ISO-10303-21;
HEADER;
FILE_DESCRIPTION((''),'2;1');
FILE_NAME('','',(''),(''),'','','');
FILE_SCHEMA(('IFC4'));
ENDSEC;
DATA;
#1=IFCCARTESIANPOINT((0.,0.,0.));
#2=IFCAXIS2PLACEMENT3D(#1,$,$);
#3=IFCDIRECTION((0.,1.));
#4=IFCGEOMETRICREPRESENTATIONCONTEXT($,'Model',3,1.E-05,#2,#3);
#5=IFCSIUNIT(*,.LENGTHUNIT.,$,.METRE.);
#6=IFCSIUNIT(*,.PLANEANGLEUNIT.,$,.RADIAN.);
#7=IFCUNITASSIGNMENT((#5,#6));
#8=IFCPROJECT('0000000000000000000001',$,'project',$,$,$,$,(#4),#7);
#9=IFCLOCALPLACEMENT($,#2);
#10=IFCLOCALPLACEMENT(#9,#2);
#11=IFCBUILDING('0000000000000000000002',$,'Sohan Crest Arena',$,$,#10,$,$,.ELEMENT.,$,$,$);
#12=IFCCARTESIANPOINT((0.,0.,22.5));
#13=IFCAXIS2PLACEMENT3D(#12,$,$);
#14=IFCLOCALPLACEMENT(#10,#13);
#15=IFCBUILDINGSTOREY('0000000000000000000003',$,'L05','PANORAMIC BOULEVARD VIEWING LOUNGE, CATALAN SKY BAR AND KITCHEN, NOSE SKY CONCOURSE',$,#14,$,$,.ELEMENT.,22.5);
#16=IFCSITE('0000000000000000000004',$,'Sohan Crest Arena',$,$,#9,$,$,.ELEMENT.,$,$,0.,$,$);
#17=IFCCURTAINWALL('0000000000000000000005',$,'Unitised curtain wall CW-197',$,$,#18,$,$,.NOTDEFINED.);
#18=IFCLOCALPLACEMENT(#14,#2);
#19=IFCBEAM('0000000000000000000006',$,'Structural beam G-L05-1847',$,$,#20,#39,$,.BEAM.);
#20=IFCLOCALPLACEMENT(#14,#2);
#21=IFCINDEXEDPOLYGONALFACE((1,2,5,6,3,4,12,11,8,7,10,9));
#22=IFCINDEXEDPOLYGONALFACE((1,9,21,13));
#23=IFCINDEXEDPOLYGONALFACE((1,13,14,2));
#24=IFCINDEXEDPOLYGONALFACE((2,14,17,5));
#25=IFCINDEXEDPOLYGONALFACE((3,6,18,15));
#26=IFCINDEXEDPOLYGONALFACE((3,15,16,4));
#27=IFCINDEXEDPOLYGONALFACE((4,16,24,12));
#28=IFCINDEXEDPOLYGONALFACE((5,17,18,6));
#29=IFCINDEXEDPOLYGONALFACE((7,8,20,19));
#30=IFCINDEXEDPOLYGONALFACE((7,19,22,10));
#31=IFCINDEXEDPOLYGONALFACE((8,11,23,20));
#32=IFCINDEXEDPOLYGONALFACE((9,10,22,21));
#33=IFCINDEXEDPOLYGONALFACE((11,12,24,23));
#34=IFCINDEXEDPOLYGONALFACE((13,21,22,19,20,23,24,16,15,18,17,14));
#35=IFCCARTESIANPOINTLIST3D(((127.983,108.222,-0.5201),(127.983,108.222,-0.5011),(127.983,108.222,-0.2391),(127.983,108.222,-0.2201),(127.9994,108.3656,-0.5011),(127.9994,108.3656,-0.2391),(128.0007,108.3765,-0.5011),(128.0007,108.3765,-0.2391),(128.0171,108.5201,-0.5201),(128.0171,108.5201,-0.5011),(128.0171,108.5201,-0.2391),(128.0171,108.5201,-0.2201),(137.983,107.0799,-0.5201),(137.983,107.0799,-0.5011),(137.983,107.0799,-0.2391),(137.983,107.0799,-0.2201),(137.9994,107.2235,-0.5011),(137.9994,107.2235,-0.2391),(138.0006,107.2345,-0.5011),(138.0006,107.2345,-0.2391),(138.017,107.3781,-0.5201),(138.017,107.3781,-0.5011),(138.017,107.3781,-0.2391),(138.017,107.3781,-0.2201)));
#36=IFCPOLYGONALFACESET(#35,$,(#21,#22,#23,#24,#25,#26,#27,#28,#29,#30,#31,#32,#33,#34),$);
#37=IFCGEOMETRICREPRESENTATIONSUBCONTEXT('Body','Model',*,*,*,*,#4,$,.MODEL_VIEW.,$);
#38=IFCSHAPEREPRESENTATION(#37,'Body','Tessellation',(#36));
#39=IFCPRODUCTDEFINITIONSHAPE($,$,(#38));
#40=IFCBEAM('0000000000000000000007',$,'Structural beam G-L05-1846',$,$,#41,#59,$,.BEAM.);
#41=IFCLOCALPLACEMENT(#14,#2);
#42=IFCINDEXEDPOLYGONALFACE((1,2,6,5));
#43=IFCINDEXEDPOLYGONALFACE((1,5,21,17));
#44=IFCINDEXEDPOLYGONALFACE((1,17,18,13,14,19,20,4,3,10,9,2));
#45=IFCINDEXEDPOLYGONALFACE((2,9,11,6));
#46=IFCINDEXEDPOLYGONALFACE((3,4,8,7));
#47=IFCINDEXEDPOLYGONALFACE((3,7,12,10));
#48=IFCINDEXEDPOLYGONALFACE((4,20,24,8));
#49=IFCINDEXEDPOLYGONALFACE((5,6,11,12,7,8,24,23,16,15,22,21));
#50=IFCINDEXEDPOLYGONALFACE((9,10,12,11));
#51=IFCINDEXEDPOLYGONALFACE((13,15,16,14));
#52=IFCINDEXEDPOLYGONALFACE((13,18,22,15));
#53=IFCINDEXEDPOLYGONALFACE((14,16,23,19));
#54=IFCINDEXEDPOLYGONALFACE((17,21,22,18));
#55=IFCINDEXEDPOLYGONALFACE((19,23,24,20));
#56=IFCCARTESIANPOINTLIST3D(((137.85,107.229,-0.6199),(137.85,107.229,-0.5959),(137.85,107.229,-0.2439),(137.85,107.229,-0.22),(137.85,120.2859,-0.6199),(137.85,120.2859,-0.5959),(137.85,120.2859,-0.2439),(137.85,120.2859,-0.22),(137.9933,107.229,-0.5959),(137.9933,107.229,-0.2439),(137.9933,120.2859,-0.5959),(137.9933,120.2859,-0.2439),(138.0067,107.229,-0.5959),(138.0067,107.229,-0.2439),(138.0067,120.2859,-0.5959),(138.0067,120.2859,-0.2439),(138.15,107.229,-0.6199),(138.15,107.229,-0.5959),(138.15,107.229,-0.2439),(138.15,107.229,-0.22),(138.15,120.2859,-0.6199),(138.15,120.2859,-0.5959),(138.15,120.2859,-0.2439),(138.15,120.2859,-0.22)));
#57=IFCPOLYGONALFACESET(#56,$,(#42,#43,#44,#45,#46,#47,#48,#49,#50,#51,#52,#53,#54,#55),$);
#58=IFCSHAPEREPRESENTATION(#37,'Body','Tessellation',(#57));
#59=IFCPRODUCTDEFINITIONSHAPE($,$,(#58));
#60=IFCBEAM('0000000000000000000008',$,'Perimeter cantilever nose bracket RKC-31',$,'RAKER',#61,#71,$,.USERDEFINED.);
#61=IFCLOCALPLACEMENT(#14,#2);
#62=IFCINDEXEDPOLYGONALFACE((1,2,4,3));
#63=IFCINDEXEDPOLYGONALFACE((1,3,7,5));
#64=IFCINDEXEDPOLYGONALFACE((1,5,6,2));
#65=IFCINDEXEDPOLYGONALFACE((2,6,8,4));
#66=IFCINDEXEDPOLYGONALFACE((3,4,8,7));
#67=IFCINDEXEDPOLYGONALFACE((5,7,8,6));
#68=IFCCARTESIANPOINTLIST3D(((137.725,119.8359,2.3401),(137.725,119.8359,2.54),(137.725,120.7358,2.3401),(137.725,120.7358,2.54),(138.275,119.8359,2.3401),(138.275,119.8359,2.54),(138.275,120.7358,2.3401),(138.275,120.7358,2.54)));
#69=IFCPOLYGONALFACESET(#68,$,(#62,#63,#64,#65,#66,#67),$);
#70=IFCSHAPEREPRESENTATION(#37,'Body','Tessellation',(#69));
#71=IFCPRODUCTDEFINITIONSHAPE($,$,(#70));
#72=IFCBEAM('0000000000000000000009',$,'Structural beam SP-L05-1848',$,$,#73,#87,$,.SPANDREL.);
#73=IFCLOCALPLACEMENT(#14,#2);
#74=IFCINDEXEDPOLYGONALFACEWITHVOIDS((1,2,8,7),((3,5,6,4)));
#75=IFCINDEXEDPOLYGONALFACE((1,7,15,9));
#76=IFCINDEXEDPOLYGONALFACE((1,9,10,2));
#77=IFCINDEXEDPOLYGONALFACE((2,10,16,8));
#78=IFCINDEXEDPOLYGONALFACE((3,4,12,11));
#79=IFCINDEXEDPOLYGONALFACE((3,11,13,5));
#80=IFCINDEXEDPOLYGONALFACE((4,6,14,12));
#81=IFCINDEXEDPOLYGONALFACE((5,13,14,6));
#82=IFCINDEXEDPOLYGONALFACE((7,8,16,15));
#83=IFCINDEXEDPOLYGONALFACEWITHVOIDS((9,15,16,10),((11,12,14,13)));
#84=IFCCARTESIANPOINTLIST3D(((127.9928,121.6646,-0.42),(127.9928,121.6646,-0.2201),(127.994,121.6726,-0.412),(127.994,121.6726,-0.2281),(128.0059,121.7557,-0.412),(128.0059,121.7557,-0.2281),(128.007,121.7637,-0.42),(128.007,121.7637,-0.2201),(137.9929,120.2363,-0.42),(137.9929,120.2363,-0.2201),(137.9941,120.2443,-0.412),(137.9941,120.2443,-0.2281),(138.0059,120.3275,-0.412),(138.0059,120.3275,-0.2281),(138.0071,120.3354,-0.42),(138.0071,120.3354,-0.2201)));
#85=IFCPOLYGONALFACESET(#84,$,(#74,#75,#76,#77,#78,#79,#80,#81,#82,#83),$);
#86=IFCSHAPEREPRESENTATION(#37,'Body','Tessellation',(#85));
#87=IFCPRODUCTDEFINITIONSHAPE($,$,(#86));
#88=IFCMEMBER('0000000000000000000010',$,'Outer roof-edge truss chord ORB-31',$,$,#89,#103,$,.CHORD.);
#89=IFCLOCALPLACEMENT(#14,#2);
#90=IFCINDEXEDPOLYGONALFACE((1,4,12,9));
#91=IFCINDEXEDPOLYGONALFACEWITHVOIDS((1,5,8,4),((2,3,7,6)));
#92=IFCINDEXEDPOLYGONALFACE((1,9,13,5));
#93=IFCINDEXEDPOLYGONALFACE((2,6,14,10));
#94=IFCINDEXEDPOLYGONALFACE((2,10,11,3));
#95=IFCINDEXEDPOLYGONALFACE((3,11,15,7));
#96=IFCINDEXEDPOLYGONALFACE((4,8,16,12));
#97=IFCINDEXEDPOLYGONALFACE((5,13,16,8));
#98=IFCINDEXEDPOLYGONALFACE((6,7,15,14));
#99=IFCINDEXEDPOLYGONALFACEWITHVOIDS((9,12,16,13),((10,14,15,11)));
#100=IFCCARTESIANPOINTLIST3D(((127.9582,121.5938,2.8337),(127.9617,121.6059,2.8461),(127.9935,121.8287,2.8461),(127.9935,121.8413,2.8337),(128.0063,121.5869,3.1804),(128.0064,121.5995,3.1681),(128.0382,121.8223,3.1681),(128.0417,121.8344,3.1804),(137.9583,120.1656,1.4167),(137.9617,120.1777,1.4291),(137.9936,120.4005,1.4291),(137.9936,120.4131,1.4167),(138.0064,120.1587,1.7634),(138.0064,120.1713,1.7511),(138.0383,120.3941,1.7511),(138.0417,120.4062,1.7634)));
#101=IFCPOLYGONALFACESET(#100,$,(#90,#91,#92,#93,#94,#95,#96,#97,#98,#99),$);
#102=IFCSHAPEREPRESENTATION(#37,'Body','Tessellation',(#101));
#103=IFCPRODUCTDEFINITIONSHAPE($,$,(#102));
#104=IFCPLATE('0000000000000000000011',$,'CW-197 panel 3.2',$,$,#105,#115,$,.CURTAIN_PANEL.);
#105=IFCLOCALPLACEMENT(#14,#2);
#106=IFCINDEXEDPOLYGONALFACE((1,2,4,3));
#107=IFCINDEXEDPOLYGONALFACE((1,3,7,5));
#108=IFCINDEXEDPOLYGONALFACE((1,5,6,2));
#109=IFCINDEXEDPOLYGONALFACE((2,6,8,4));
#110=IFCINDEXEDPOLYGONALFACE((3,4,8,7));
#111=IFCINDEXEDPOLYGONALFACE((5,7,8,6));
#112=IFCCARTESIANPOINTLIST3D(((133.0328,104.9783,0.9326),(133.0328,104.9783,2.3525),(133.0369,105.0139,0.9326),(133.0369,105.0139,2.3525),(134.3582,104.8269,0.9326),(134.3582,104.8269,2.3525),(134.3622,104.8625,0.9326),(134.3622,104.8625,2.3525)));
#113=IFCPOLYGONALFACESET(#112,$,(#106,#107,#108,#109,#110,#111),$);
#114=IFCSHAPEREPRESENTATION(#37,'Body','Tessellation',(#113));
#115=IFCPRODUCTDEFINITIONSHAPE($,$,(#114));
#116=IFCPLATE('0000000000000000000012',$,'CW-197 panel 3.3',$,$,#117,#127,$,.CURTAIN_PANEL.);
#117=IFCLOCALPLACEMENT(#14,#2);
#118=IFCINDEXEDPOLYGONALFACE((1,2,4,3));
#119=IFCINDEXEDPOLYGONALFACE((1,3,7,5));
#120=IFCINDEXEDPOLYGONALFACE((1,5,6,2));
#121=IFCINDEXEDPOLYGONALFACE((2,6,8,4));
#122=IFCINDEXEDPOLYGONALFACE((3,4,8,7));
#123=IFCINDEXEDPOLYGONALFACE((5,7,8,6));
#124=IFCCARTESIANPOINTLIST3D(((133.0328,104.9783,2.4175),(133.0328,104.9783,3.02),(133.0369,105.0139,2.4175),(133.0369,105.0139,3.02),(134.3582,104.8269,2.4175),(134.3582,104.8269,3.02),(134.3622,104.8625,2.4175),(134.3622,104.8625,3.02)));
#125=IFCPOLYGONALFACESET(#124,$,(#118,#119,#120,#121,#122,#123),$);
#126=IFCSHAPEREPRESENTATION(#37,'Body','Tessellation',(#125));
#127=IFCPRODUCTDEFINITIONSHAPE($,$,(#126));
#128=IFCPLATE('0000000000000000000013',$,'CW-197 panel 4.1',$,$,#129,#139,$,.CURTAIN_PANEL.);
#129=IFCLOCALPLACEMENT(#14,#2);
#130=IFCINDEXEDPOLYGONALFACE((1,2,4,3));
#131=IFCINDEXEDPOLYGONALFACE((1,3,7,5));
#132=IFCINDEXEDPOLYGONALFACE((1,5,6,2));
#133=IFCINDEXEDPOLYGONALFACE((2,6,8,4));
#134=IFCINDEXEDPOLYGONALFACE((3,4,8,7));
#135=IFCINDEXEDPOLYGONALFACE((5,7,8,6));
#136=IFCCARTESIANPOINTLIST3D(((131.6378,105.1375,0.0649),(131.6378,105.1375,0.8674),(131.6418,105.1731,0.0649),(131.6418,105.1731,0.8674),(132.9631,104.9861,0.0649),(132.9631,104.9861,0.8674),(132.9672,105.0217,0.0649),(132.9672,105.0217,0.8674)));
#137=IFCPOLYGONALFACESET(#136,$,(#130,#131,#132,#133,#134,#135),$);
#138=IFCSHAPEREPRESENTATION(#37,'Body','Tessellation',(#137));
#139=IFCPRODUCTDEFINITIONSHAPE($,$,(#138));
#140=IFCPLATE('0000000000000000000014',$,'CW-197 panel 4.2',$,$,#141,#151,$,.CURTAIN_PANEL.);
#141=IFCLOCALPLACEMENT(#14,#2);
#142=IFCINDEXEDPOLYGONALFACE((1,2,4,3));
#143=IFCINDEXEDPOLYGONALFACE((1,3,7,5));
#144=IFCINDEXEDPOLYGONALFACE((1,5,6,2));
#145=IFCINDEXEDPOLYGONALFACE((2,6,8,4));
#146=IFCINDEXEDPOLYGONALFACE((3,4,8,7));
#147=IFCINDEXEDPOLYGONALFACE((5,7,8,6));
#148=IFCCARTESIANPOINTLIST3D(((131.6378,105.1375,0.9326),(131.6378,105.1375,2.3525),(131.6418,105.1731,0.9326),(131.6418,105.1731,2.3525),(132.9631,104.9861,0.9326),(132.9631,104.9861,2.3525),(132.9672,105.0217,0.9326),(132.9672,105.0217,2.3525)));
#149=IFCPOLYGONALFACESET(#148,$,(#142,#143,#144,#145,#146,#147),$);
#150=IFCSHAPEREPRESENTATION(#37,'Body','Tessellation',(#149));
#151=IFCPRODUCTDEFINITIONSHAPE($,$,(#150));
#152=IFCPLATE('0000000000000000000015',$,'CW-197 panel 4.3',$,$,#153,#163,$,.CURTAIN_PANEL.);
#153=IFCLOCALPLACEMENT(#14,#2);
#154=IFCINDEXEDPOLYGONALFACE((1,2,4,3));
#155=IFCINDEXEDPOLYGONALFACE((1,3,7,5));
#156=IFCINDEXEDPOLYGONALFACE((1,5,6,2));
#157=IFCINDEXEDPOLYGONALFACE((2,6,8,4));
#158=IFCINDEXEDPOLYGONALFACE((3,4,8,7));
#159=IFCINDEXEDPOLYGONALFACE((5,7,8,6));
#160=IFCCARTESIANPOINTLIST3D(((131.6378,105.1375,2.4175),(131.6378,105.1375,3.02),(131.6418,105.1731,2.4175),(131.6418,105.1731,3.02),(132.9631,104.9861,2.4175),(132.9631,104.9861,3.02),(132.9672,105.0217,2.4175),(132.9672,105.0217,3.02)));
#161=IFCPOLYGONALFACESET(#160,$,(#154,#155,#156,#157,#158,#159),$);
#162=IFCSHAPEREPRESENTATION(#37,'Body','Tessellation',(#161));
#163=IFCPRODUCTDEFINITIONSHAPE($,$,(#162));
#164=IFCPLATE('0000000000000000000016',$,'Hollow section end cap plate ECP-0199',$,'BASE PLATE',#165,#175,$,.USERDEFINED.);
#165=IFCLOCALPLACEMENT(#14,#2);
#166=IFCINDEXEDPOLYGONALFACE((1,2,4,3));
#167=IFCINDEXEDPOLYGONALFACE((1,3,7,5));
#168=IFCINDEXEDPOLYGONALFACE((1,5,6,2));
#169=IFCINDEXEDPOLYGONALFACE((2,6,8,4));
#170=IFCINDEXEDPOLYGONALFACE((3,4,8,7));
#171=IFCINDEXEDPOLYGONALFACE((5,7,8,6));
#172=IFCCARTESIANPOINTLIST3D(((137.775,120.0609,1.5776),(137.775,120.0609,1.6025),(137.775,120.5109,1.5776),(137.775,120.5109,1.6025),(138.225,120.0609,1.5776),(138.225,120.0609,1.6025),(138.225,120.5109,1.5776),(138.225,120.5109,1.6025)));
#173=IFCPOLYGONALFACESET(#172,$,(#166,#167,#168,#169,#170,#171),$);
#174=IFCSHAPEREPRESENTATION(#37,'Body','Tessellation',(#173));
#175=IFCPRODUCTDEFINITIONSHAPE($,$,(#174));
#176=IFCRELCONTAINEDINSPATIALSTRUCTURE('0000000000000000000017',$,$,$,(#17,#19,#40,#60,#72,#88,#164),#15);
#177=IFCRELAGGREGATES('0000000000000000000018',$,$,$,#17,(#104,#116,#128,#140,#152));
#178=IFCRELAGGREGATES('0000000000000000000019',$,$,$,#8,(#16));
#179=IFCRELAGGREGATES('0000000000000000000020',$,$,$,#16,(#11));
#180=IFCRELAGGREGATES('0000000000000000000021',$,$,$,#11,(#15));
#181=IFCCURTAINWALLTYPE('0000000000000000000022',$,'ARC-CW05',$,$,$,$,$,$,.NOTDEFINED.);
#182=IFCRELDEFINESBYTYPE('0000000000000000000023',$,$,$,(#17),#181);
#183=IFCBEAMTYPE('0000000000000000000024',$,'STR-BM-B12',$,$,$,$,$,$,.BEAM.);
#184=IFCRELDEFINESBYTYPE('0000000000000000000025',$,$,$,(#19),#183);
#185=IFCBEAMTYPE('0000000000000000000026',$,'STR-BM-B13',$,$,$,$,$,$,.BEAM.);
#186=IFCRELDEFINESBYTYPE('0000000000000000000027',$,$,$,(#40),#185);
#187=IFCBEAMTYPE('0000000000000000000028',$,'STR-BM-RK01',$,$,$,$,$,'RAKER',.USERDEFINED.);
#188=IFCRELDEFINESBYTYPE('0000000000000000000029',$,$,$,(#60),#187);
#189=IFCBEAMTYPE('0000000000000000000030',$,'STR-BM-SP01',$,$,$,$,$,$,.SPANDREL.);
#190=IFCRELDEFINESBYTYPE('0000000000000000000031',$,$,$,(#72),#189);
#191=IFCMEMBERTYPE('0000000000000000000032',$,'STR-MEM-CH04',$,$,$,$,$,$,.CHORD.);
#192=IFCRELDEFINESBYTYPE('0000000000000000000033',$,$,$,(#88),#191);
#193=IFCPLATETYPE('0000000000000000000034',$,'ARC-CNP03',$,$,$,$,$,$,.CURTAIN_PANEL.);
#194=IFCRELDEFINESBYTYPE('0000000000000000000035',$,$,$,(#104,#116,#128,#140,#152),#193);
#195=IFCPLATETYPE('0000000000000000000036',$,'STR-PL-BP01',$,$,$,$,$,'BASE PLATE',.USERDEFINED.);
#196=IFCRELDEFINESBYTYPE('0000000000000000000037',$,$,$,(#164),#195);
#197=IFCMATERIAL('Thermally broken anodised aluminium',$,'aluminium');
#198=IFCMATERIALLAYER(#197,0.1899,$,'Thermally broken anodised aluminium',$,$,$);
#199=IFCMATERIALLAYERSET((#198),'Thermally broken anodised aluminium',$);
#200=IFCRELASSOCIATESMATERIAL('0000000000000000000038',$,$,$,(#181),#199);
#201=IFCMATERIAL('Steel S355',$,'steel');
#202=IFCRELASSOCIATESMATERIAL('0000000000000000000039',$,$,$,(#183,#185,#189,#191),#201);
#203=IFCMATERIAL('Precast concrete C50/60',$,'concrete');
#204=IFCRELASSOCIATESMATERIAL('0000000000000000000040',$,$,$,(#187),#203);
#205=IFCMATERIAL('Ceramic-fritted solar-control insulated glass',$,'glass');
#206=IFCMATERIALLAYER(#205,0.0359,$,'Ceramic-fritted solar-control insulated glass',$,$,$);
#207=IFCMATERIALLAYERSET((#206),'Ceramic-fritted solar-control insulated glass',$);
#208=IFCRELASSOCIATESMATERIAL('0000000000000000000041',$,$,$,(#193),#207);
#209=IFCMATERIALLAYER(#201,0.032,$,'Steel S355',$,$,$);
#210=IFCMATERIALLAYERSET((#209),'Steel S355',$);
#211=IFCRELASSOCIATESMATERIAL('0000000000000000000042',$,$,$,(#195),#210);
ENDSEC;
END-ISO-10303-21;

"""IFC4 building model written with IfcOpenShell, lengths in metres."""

from ifc_helpers import new_model, si_unit, direction, frame, origin, origin_2d, place, context, subcontext, project, spatial, rectangle, hollow_rectangle, i_section, extrude, material, layer, layer_set, material_profile, profile_set, type_object, element, aggregate, save


model = new_model("IFC4")

# Units and contexts
model_context = context("Model", 3, precision=1e-05, world=origin(), true_north=direction((0.0, 1.0)))
body_context = subcontext(model_context, "Body", "Model", "MODEL_VIEW")
ifc_project = project(units=[si_unit("LENGTHUNIT", "METRE"), si_unit("PLANEANGLEUNIT", "RADIAN")], contexts=[model_context])

# Site, building, storey
site_placement = place(None, origin())
site = spatial("IfcSite", under=ifc_project, at=site_placement, Name="Sohan Crest Arena", CompositionType="ELEMENT", RefElevation=0.0)
building_placement = place(site_placement, origin())
building = spatial("IfcBuilding", under=site, at=building_placement, Name="Sohan Crest Arena", CompositionType="ELEMENT")
storey_placement = place(building_placement, frame((0.0, 0.0, 22.5)))
storey = spatial("IfcBuildingStorey", under=building, at=storey_placement, Name="L05", Description="PANORAMIC BOULEVARD VIEWING LOUNGE, CATALAN SKY BAR AND KITCHEN, NOSE SKY CONCOURSE", CompositionType="ELEMENT", Elevation=22.5)

# Shared definitions
ifc_material_1 = material(Name="Steel S355", Category="steel")

# Curtain wall
ifc_material_2 = material(Name="Thermally broken anodised aluminium", Category="aluminium")
ifc_layer_1 = layer(ifc_material_2, 0.1899, Name="Thermally broken anodised aluminium")
ifc_layer_set_1 = layer_set([ifc_layer_1], Name="Thermally broken anodised aluminium")
curtain_wall_type = type_object("IfcCurtainWallType", Name="ARC-CW05", PredefinedType="NOTDEFINED", material=ifc_layer_set_1)
curtain_wall_placement = place(storey_placement, origin())
curtain_wall = element("IfcCurtainWall", 1, at=curtain_wall_placement, inside=storey, type_object=curtain_wall_type, Name="Unitised curtain wall CW-197", PredefinedType="NOTDEFINED")

# Beams
ifc_material_profile_1 = material_profile(ifc_material_1, i_section(OverallWidth=0.3, OverallDepth=0.3, WebThickness=0.011, FlangeThickness=0.019, at=origin_2d()), Name="HEB 300")
ifc_profile_set_1 = profile_set([ifc_material_profile_1], Name="Steel S355")
beam_type_1 = type_object("IfcBeamType", Name="STR-BM-B12", PredefinedType="BEAM", material=ifc_profile_set_1)
beam_1_placement = place(storey_placement, frame((138.0, 107.229, -0.3701), z_axis=(-0.993541, 0.113471, 0.0), x_axis=(-0.113471, -0.993541, 0.0)))
element("IfcBeam", 2, at=beam_1_placement, inside=storey, type_object=beam_type_1, Name="Structural beam G-L05-1847", PredefinedType="BEAM", context=body_context, shape_type="SweptSolid", body=[
    extrude(i_section(OverallWidth=0.3, OverallDepth=0.3, WebThickness=0.011, FlangeThickness=0.019, at=origin_2d()), origin(), (0.0, 0.0, 1.0), 10.0649),
])
ifc_material_profile_2 = material_profile(ifc_material_1, i_section(OverallWidth=0.3, OverallDepth=0.3999, WebThickness=0.0134, FlangeThickness=0.0239, at=origin_2d()), Name="HEB 400")
ifc_profile_set_2 = profile_set([ifc_material_profile_2], Name="Steel S355")
beam_type_2 = type_object("IfcBeamType", Name="STR-BM-B13", PredefinedType="BEAM", material=ifc_profile_set_2)
beam_2_placement = place(storey_placement, frame((138.0, 107.229, -0.4199), z_axis=(0.0, 1.0, 0.0), x_axis=(-1.0, 0.0, 0.0)))
element("IfcBeam", 3, at=beam_2_placement, inside=storey, type_object=beam_type_2, Name="Structural beam G-L05-1846", PredefinedType="BEAM", context=body_context, shape_type="SweptSolid", body=[
    extrude(i_section(OverallWidth=0.3, OverallDepth=0.3999, WebThickness=0.0134, FlangeThickness=0.0239, at=origin_2d()), origin(), (0.0, 0.0, 1.0), 13.0569),
])
ifc_material_3 = material(Name="Precast concrete C50/60", Category="concrete")
ifc_material_profile_3 = material_profile(ifc_material_3, rectangle(XDim=0.55, YDim=0.8999, at=origin_2d()), Name="RAKER 550x900")
ifc_profile_set_3 = profile_set([ifc_material_profile_3], Name="Precast concrete C50/60")
beam_type_3 = type_object("IfcBeamType", Name="STR-BM-RK01", ElementType="RAKER", PredefinedType="USERDEFINED", material=ifc_profile_set_3)
beam_3_placement = place(storey_placement, frame((138.0, 120.2859, 2.54), z_axis=(0.0, 0.0, -1.0), x_axis=(1.0, 0.0, 0.0)))
element("IfcBeam", 4, at=beam_3_placement, inside=storey, type_object=beam_type_3, Name="Perimeter cantilever nose bracket RKC-31", ObjectType="RAKER", PredefinedType="USERDEFINED", context=body_context, shape_type="SweptSolid", body=[
    extrude(rectangle(XDim=0.55, YDim=0.8999, at=origin_2d()), origin(), (0.0, 0.0, 1.0), 0.2),
])
ifc_material_profile_4 = material_profile(ifc_material_1, hollow_rectangle(XDim=0.1001, YDim=0.2, WallThickness=0.0081, at=origin_2d()), Name="RHS 200x100x8")
ifc_profile_set_4 = profile_set([ifc_material_profile_4], Name="Steel S355")
beam_type_4 = type_object("IfcBeamType", Name="STR-BM-SP01", PredefinedType="SPANDREL", material=ifc_profile_set_4)
beam_4_placement = place(storey_placement, frame((138.0, 120.2859, -0.3201), z_axis=(-0.989954, 0.141388, 0.0), x_axis=(-0.141388, -0.989954, 0.0)))
element("IfcBeam", 5, at=beam_4_placement, inside=storey, type_object=beam_type_4, Name="Structural beam SP-L05-1848", PredefinedType="SPANDREL", context=body_context, shape_type="SweptSolid", body=[
    extrude(hollow_rectangle(XDim=0.1001, YDim=0.2, WallThickness=0.0081, at=origin_2d()), origin(), (0.0, 0.0, 1.0), 10.1016),
])

# Member
ifc_material_profile_5 = material_profile(ifc_material_1, hollow_rectangle(XDim=0.25, YDim=0.3501, WallThickness=0.0125, at=origin_2d()), Name="RHS 350x250x12.5")
ifc_profile_set_5 = profile_set([ifc_material_profile_5], Name="Steel S355")
member_type_1 = type_object("IfcMemberType", Name="STR-MEM-CH04", PredefinedType="CHORD", material=ifc_profile_set_5)
member_1_placement = place(storey_placement, frame((138.0, 120.2859, 1.5901), z_axis=(-0.980356, 0.140017, 0.138916), x_axis=(-0.141388, -0.989954, 0.0)))
element("IfcMember", 6, at=member_1_placement, inside=storey, type_object=member_type_1, Name="Outer roof-edge truss chord ORB-31", PredefinedType="CHORD", context=body_context, shape_type="SweptSolid", body=[
    extrude(hollow_rectangle(XDim=0.25, YDim=0.3501, WallThickness=0.0125, at=origin_2d()), origin(), (0.0, 0.0, 1.0), 10.2004),
])

# Plates
ifc_material_4 = material(Name="Ceramic-fritted solar-control insulated glass", Category="glass")
ifc_layer_2 = layer(ifc_material_4, 0.0359, Name="Ceramic-fritted solar-control insulated glass")
ifc_layer_set_2 = layer_set([ifc_layer_2], Name="Ceramic-fritted solar-control insulated glass")
plate_type_1 = type_object("IfcPlateType", Name="ARC-CNP03", PredefinedType="CURTAIN_PANEL", material=ifc_layer_set_2)
plate_1_placement = place(storey_placement, frame((133.6975, 104.9204, 0.9326), z_axis=(0.0, 0.0, 1.0), x_axis=(-0.99354, 0.11348, 0.0)))
plate_1 = element("IfcPlate", 7, at=plate_1_placement, type_object=plate_type_1, Name="CW-197 panel 3.2", PredefinedType="CURTAIN_PANEL", context=body_context, shape_type="SweptSolid", body=[
    extrude(rectangle(XDim=1.334, YDim=0.0359, at=origin_2d()), origin(), (0.0, 0.0, 1.0), 1.4199),
])
plate_2_placement = place(storey_placement, frame((133.6975, 104.9204, 2.4175), z_axis=(0.0, 0.0, 1.0), x_axis=(-0.99354, 0.11348, 0.0)))
plate_2 = element("IfcPlate", 8, at=plate_2_placement, type_object=plate_type_1, Name="CW-197 panel 3.3", PredefinedType="CURTAIN_PANEL", context=body_context, shape_type="SweptSolid", body=[
    extrude(rectangle(XDim=1.334, YDim=0.0359, at=origin_2d()), origin(), (0.0, 0.0, 1.0), 0.6025),
])
plate_3_placement = place(storey_placement, frame((132.3025, 105.0796, 0.0649), z_axis=(0.0, 0.0, 1.0), x_axis=(-0.99354, 0.11348, 0.0)))
plate_3 = element("IfcPlate", 9, at=plate_3_placement, type_object=plate_type_1, Name="CW-197 panel 4.1", PredefinedType="CURTAIN_PANEL", context=body_context, shape_type="SweptSolid", body=[
    extrude(rectangle(XDim=1.334, YDim=0.0359, at=origin_2d()), origin(), (0.0, 0.0, 1.0), 0.8025),
])
plate_4_placement = place(storey_placement, frame((132.3025, 105.0796, 0.9326), z_axis=(0.0, 0.0, 1.0), x_axis=(-0.99354, 0.11348, 0.0)))
plate_4 = element("IfcPlate", 10, at=plate_4_placement, type_object=plate_type_1, Name="CW-197 panel 4.2", PredefinedType="CURTAIN_PANEL", context=body_context, shape_type="SweptSolid", body=[
    extrude(rectangle(XDim=1.334, YDim=0.0359, at=origin_2d()), origin(), (0.0, 0.0, 1.0), 1.4199),
])
plate_5_placement = place(storey_placement, frame((132.3025, 105.0796, 2.4175), z_axis=(0.0, 0.0, 1.0), x_axis=(-0.99354, 0.11348, 0.0)))
plate_5 = element("IfcPlate", 11, at=plate_5_placement, type_object=plate_type_1, Name="CW-197 panel 4.3", PredefinedType="CURTAIN_PANEL", context=body_context, shape_type="SweptSolid", body=[
    extrude(rectangle(XDim=1.334, YDim=0.0359, at=origin_2d()), origin(), (0.0, 0.0, 1.0), 0.6025),
])
aggregate(curtain_wall, [plate_1, plate_2, plate_3, plate_4, plate_5])
ifc_layer_3 = layer(ifc_material_1, 0.032, Name="Steel S355")
ifc_layer_set_3 = layer_set([ifc_layer_3], Name="Steel S355")
plate_type_2 = type_object("IfcPlateType", Name="STR-PL-BP01", ElementType="BASE PLATE", PredefinedType="USERDEFINED", material=ifc_layer_set_3)
plate_6_placement = place(storey_placement, frame((138.0, 120.2859, 1.5776), z_axis=(0.0, 0.0, 1.0), x_axis=(1.0, 0.0, 0.0)))
element("IfcPlate", 12, at=plate_6_placement, inside=storey, type_object=plate_type_2, Name="Hollow section end cap plate ECP-0199", ObjectType="BASE PLATE", PredefinedType="USERDEFINED", context=body_context, shape_type="SweptSolid", body=[
    extrude(rectangle(XDim=0.45, YDim=0.45, at=origin_2d()), origin(), (0.0, 0.0, 1.0), 0.0249),
])

save(model, "model.ifc")
